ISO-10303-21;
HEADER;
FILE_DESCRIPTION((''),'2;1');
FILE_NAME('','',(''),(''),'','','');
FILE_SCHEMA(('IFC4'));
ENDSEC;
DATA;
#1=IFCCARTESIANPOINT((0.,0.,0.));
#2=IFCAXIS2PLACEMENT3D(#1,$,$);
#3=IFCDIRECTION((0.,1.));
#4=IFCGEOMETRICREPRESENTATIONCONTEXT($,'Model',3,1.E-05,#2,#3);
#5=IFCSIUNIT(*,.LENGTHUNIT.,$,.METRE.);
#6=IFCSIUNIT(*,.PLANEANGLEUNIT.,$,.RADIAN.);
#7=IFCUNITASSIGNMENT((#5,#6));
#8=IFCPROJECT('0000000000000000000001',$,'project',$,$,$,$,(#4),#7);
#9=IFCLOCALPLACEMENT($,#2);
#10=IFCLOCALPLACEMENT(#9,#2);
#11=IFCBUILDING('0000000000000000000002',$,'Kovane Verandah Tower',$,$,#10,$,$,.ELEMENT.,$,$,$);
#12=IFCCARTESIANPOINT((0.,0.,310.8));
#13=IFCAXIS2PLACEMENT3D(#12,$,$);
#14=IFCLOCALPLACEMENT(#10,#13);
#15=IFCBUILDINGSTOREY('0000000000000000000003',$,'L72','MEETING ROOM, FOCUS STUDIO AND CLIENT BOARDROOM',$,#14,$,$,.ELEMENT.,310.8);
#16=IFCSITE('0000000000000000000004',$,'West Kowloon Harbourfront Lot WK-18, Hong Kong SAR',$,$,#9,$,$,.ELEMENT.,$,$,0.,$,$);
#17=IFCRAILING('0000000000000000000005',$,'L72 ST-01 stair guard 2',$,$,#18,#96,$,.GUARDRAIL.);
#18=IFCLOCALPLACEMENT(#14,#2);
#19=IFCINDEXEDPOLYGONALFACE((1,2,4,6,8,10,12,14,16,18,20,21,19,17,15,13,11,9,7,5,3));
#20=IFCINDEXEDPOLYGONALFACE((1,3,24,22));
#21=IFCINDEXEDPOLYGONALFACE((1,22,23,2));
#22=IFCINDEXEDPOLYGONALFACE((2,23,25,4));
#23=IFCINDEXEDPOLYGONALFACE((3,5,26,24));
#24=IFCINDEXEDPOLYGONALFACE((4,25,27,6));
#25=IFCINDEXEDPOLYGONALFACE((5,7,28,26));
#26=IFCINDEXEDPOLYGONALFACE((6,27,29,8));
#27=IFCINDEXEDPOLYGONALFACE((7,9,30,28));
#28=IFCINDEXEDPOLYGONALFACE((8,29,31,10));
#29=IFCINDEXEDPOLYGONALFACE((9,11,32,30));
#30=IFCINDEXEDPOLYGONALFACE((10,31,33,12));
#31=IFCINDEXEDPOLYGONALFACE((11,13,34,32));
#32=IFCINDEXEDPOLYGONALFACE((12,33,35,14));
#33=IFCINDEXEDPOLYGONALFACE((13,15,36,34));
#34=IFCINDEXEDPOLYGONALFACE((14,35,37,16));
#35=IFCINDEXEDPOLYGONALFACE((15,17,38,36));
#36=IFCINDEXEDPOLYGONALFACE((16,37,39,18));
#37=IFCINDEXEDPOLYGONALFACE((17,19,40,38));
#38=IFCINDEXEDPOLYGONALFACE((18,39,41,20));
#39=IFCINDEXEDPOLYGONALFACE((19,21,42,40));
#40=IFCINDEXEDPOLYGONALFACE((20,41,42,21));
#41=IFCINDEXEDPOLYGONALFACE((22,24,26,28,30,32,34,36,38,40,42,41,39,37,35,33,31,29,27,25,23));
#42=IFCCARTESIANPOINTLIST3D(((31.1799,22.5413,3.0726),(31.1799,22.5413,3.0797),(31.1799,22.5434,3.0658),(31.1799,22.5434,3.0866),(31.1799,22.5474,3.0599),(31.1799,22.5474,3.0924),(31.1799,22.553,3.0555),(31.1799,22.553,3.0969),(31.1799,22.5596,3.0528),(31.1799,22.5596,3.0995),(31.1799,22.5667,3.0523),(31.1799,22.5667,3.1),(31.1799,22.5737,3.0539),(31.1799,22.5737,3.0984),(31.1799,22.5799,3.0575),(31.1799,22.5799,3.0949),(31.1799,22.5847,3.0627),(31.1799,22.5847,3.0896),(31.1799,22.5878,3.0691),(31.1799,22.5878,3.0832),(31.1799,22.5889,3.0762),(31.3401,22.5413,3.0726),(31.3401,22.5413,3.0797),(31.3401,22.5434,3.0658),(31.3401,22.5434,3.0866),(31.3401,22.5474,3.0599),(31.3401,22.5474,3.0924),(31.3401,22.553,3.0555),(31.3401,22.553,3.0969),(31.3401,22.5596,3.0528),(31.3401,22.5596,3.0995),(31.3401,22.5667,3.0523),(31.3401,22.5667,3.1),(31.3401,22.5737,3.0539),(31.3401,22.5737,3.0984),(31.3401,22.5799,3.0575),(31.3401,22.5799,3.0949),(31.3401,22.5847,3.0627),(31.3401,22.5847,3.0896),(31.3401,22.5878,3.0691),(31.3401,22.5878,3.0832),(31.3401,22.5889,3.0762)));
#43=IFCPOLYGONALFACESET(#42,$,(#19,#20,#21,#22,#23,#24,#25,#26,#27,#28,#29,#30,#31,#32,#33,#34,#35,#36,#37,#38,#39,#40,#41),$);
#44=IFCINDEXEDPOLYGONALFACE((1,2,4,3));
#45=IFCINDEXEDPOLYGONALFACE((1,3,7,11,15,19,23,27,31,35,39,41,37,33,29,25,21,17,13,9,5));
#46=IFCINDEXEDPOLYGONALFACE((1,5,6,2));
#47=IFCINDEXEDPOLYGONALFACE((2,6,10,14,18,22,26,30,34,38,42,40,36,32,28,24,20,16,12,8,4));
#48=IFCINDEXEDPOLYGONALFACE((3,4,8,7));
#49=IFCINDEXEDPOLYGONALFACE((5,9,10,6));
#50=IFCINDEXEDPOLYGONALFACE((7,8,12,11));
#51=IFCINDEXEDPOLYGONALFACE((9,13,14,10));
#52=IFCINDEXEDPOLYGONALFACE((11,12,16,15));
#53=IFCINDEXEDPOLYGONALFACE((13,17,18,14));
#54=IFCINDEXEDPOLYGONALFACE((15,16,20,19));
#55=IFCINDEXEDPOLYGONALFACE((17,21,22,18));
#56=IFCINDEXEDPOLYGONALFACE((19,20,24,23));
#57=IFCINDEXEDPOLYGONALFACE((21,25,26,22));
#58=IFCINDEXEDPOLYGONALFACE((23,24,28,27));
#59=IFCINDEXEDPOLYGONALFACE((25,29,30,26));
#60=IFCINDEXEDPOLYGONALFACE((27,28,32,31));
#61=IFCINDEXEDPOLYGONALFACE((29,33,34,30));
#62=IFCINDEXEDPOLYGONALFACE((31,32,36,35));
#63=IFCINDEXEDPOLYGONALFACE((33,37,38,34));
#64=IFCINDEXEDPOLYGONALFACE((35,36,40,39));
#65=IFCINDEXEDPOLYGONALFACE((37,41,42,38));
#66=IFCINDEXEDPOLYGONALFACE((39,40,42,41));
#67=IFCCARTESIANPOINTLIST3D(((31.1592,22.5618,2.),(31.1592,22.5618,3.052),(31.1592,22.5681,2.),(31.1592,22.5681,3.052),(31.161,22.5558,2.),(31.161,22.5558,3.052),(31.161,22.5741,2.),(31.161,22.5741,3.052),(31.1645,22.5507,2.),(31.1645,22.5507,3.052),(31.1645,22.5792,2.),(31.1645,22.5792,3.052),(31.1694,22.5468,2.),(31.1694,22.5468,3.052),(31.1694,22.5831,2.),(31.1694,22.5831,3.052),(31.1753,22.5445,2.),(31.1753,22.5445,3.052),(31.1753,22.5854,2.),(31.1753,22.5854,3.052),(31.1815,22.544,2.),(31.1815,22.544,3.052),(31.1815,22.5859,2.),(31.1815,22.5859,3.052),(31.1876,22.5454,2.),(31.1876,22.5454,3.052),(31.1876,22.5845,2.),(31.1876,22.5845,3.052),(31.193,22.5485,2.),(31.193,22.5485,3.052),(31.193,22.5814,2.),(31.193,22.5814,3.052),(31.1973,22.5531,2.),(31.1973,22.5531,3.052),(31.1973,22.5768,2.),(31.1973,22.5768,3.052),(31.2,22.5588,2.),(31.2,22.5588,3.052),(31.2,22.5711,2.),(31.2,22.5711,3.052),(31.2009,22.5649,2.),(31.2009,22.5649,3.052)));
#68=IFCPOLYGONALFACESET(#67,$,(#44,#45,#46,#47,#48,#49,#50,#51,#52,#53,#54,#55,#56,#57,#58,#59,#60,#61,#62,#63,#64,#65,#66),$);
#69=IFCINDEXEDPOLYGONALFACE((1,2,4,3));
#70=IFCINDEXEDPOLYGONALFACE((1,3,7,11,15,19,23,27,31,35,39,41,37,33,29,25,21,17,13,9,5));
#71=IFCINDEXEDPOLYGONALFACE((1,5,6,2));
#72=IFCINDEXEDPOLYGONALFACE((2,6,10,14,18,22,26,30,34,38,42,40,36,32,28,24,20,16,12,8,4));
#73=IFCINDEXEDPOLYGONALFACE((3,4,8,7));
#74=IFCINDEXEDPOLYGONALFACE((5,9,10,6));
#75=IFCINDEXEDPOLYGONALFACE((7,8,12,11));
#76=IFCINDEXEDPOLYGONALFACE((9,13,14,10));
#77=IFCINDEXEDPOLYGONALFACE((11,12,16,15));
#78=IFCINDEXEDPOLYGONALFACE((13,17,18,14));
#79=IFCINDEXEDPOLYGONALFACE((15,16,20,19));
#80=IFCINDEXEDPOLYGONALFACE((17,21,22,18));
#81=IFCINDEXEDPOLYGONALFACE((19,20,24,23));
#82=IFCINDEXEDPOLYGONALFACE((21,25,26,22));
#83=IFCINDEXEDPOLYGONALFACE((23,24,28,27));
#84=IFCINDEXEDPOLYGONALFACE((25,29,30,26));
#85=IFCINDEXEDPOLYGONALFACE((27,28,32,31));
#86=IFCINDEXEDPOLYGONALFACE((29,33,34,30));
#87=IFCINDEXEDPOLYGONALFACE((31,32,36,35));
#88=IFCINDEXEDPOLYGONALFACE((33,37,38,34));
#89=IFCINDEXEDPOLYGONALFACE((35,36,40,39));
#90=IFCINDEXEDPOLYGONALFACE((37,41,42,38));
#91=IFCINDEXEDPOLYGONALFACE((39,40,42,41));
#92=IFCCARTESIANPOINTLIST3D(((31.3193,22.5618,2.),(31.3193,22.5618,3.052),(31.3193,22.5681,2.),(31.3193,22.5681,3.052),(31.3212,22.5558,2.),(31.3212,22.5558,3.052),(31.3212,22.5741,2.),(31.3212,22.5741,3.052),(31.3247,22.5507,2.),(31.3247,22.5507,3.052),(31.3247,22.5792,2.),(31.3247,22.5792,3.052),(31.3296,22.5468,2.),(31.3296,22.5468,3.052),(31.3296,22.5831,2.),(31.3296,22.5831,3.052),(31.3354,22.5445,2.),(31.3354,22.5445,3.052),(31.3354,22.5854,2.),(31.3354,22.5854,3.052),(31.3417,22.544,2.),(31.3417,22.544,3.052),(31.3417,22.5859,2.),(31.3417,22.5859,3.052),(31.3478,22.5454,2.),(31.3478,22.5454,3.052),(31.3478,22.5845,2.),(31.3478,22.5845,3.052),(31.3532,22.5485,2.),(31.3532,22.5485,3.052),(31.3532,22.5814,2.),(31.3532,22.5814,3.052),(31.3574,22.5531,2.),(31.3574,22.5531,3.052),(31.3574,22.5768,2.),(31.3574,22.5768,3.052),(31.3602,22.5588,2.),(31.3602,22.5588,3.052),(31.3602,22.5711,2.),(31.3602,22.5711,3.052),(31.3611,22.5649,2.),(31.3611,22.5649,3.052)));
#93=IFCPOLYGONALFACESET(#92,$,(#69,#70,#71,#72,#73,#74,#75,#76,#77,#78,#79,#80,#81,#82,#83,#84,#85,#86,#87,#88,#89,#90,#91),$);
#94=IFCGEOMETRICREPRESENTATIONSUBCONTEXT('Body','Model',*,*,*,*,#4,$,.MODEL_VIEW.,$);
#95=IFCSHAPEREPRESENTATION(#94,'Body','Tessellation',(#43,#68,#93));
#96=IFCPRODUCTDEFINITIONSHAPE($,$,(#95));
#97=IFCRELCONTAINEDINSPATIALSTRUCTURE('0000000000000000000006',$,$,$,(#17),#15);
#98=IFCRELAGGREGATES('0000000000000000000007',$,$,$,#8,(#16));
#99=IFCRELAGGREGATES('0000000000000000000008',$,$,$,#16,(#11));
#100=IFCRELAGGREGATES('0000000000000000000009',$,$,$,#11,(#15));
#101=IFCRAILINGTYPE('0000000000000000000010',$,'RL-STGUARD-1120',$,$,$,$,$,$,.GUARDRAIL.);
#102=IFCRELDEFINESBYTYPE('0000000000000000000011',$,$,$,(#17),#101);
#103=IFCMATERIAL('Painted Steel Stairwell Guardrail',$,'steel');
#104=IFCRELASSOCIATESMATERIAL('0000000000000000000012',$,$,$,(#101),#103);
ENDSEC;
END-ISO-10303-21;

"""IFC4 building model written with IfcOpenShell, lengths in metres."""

from ifc_helpers import new_model, si_unit, direction, frame, origin, origin_2d, place, context, subcontext, project, spatial, circle, extrude, material, type_object, element, save


model = new_model("IFC4")

# Units and contexts
model_context = context("Model", 3, precision=1e-05, world=origin(), true_north=direction((0.0, 1.0)))
body_context = subcontext(model_context, "Body", "Model", "MODEL_VIEW")
ifc_project = project(units=[si_unit("LENGTHUNIT", "METRE"), si_unit("PLANEANGLEUNIT", "RADIAN")], contexts=[model_context])

# Site, building, storey
site_placement = place(None, origin())
site = spatial("IfcSite", under=ifc_project, at=site_placement, Name="West Kowloon Harbourfront Lot WK-18, Hong Kong SAR", CompositionType="ELEMENT", RefElevation=0.0)
building_placement = place(site_placement, origin())
building = spatial("IfcBuilding", under=site, at=building_placement, Name="Kovane Verandah Tower", CompositionType="ELEMENT")
storey_placement = place(building_placement, frame((0.0, 0.0, 310.8)))
storey = spatial("IfcBuildingStorey", under=building, at=storey_placement, Name="L72", Description="MEETING ROOM, FOCUS STUDIO AND CLIENT BOARDROOM", CompositionType="ELEMENT", Elevation=310.8)

# Railing
ifc_material_1 = material(Name="Painted Steel Stairwell Guardrail", Category="steel")
railing_type_1 = type_object("IfcRailingType", Name="RL-STGUARD-1120", PredefinedType="GUARDRAIL", material=ifc_material_1)
railing_1_placement = place(storey_placement, frame((31.1799, 22.5649, 2.0)))
element("IfcRailing", 1, at=railing_1_placement, inside=storey, type_object=railing_type_1, Name="L72 ST-01 stair guard 2", PredefinedType="GUARDRAIL", context=body_context, shape_type="SweptSolid", body=[
    extrude(circle(Radius=0.0239, at=origin_2d()), frame((0.0, 0.0, 1.0762), z_axis=(1.0, 0.0, 0.0), x_axis=(0.0, 1.0, 0.0)), (0.0, 0.0, 1.0), 0.1602),
    extrude(circle(Radius=0.021, at=origin_2d()), origin(), (0.0, 0.0, 1.0), 1.052),
    extrude(circle(Radius=0.021, at=origin_2d()), frame((0.1602, 0.0, 0.0)), (0.0, 0.0, 1.0), 1.052),
])

save(model, "model.ifc")
